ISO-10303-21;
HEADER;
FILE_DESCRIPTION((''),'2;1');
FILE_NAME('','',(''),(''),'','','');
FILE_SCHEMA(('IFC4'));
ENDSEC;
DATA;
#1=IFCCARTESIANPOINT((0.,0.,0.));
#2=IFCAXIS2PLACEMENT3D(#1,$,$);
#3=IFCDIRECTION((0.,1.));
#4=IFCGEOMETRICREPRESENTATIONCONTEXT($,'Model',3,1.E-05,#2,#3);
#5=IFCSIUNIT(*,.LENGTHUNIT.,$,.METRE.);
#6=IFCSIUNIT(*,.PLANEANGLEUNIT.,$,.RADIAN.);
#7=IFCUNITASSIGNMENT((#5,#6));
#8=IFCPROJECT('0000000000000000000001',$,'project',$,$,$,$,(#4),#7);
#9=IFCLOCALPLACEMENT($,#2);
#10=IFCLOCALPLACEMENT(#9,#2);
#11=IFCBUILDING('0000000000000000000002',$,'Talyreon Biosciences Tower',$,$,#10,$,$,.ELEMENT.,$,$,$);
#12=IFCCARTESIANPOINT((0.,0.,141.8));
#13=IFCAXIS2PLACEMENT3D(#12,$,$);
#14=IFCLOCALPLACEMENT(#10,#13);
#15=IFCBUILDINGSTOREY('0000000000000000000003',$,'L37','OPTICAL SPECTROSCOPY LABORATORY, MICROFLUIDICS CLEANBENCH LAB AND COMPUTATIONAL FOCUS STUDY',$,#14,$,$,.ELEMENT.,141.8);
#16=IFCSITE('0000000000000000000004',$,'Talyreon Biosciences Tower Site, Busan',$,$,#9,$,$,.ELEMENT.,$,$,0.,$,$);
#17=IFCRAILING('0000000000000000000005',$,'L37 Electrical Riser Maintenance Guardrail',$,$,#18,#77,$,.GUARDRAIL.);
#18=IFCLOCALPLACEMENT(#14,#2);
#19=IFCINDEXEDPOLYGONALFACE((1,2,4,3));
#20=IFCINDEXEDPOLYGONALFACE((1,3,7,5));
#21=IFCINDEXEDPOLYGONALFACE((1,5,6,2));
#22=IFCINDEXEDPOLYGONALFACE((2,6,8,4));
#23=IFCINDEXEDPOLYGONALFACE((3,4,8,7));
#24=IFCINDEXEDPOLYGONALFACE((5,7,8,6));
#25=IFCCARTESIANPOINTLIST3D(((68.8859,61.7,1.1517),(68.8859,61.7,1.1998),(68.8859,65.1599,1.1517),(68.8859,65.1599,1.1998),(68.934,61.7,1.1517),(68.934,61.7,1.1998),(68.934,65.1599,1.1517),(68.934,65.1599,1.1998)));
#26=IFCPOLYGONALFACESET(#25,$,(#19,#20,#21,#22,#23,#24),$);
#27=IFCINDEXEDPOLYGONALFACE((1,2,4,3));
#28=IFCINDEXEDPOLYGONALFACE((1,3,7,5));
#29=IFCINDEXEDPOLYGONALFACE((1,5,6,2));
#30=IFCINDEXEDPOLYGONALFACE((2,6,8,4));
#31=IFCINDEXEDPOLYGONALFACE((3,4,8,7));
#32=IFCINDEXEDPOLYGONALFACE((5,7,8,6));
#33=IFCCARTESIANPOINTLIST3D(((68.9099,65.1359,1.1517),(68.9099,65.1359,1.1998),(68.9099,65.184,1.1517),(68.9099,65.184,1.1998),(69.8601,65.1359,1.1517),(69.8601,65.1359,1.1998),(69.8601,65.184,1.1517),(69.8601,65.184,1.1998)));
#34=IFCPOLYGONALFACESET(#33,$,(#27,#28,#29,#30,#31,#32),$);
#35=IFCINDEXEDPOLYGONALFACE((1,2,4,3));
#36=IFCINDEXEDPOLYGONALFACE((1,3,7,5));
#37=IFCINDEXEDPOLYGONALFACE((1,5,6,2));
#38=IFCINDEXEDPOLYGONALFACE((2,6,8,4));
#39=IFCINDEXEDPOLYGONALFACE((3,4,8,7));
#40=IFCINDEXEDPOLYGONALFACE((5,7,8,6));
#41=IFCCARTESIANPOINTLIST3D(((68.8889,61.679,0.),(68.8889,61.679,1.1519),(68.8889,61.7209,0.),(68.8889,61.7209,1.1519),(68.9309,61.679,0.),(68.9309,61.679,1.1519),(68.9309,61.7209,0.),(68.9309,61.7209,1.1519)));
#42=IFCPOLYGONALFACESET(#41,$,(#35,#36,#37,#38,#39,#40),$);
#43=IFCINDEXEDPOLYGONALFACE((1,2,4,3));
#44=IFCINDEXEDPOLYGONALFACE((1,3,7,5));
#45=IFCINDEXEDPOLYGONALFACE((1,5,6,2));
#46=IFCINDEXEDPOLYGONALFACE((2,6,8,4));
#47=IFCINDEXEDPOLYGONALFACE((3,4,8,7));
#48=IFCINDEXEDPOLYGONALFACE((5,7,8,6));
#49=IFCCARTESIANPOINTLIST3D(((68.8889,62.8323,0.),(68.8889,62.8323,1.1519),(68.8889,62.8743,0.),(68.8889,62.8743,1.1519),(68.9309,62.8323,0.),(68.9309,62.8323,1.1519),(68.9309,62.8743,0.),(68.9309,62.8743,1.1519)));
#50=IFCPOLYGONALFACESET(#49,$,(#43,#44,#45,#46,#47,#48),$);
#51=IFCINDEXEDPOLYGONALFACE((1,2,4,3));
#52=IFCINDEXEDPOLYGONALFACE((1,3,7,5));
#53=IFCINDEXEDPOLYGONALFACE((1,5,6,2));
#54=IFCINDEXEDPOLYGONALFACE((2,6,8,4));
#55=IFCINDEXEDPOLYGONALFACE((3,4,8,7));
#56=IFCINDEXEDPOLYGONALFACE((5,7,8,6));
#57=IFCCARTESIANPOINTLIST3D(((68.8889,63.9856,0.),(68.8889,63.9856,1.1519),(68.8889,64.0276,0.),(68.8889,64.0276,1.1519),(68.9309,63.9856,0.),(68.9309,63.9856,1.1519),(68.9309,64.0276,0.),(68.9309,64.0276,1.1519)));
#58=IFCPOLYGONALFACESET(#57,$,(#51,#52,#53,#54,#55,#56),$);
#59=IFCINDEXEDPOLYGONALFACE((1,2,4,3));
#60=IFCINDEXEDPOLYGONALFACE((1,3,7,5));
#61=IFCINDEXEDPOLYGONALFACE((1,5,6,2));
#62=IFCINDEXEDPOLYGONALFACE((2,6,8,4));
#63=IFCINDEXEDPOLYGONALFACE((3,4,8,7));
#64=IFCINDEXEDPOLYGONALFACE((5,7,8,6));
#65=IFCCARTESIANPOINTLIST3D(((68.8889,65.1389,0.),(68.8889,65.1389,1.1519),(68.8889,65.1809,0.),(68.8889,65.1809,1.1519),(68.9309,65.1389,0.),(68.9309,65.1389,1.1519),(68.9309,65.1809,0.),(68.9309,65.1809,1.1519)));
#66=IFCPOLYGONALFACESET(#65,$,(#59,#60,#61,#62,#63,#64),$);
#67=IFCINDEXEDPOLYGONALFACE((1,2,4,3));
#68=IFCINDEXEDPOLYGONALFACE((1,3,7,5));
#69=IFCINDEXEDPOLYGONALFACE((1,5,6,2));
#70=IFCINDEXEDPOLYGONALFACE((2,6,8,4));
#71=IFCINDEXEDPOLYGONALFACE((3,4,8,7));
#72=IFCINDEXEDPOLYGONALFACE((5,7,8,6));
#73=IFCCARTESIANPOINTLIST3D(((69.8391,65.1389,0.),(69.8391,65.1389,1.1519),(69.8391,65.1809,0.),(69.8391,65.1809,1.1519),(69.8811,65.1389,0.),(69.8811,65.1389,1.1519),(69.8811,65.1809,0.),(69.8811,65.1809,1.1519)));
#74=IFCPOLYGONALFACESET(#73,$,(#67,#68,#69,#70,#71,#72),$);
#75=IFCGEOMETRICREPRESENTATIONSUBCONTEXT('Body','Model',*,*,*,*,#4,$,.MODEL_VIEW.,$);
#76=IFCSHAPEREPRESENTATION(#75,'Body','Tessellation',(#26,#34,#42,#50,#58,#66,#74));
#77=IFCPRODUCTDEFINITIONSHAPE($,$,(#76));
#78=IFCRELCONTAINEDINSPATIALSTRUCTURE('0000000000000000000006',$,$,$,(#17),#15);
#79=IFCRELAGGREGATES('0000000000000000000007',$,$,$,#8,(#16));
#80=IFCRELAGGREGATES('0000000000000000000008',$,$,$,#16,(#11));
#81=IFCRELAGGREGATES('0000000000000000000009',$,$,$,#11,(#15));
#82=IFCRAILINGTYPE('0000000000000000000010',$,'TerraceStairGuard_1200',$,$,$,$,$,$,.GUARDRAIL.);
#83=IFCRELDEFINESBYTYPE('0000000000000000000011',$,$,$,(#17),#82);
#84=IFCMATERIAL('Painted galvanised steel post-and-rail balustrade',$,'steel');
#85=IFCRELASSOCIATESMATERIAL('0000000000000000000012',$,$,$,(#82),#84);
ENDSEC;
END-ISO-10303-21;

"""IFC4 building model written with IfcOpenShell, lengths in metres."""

from ifc_helpers import new_model, si_unit, direction, frame, origin, origin_2d, place, context, subcontext, project, spatial, rectangle, extrude, material, type_object, element, save


model = new_model("IFC4")

# Units and contexts
model_context = context("Model", 3, precision=1e-05, world=origin(), true_north=direction((0.0, 1.0)))
body_context = subcontext(model_context, "Body", "Model", "MODEL_VIEW")
ifc_project = project(units=[si_unit("LENGTHUNIT", "METRE"), si_unit("PLANEANGLEUNIT", "RADIAN")], contexts=[model_context])

# Site, building, storey
site_placement = place(None, origin())
site = spatial("IfcSite", under=ifc_project, at=site_placement, Name="Talyreon Biosciences Tower Site, Busan", CompositionType="ELEMENT", RefElevation=0.0)
building_placement = place(site_placement, origin())
building = spatial("IfcBuilding", under=site, at=building_placement, Name="Talyreon Biosciences Tower", CompositionType="ELEMENT")
storey_placement = place(building_placement, frame((0.0, 0.0, 141.8)))
storey = spatial("IfcBuildingStorey", under=building, at=storey_placement, Name="L37", Description="OPTICAL SPECTROSCOPY LABORATORY, MICROFLUIDICS CLEANBENCH LAB AND COMPUTATIONAL FOCUS STUDY", CompositionType="ELEMENT", Elevation=141.8)

# Railing
ifc_material_1 = material(Name="Painted galvanised steel post-and-rail balustrade", Category="steel")
railing_type_1 = type_object("IfcRailingType", Name="TerraceStairGuard_1200", PredefinedType="GUARDRAIL", material=ifc_material_1)
railing_1_placement = place(storey_placement, frame((68.9099, 61.7, 0.0)))
element("IfcRailing", 1, at=railing_1_placement, inside=storey, type_object=railing_type_1, Name="L37 Electrical Riser Maintenance Guardrail", PredefinedType="GUARDRAIL", context=body_context, shape_type="SweptSolid", body=[
    extrude(rectangle(XDim=0.0481, YDim=0.0481, at=origin_2d()), frame((0.0, 0.0, 1.1758), z_axis=(0.0, 1.0, 0.0), x_axis=(-1.0, 0.0, 0.0)), (0.0, 0.0, 1.0), 3.46),
    extrude(rectangle(XDim=0.0481, YDim=0.0481, at=origin_2d()), frame((0.0, 3.46, 1.1758), z_axis=(1.0, 0.0, 0.0), x_axis=(0.0, 1.0, 0.0)), (0.0, 0.0, 1.0), 0.9502),
    extrude(rectangle(XDim=0.042, YDim=0.042, at=origin_2d()), origin(), (0.0, 0.0, 1.0), 1.1519),
    extrude(rectangle(XDim=0.042, YDim=0.042, at=origin_2d()), frame((0.0, 1.1533, 0.0)), (0.0, 0.0, 1.0), 1.1519),
    extrude(rectangle(XDim=0.042, YDim=0.042, at=origin_2d()), frame((0.0, 2.3066, 0.0)), (0.0, 0.0, 1.0), 1.1519),
    extrude(rectangle(XDim=0.042, YDim=0.042, at=origin_2d()), frame((0.0, 3.46, 0.0)), (0.0, 0.0, 1.0), 1.1519),
    extrude(rectangle(XDim=0.042, YDim=0.042, at=origin_2d()), frame((0.9502, 3.46, 0.0)), (0.0, 0.0, 1.0), 1.1519),
])

save(model, "model.ifc")
